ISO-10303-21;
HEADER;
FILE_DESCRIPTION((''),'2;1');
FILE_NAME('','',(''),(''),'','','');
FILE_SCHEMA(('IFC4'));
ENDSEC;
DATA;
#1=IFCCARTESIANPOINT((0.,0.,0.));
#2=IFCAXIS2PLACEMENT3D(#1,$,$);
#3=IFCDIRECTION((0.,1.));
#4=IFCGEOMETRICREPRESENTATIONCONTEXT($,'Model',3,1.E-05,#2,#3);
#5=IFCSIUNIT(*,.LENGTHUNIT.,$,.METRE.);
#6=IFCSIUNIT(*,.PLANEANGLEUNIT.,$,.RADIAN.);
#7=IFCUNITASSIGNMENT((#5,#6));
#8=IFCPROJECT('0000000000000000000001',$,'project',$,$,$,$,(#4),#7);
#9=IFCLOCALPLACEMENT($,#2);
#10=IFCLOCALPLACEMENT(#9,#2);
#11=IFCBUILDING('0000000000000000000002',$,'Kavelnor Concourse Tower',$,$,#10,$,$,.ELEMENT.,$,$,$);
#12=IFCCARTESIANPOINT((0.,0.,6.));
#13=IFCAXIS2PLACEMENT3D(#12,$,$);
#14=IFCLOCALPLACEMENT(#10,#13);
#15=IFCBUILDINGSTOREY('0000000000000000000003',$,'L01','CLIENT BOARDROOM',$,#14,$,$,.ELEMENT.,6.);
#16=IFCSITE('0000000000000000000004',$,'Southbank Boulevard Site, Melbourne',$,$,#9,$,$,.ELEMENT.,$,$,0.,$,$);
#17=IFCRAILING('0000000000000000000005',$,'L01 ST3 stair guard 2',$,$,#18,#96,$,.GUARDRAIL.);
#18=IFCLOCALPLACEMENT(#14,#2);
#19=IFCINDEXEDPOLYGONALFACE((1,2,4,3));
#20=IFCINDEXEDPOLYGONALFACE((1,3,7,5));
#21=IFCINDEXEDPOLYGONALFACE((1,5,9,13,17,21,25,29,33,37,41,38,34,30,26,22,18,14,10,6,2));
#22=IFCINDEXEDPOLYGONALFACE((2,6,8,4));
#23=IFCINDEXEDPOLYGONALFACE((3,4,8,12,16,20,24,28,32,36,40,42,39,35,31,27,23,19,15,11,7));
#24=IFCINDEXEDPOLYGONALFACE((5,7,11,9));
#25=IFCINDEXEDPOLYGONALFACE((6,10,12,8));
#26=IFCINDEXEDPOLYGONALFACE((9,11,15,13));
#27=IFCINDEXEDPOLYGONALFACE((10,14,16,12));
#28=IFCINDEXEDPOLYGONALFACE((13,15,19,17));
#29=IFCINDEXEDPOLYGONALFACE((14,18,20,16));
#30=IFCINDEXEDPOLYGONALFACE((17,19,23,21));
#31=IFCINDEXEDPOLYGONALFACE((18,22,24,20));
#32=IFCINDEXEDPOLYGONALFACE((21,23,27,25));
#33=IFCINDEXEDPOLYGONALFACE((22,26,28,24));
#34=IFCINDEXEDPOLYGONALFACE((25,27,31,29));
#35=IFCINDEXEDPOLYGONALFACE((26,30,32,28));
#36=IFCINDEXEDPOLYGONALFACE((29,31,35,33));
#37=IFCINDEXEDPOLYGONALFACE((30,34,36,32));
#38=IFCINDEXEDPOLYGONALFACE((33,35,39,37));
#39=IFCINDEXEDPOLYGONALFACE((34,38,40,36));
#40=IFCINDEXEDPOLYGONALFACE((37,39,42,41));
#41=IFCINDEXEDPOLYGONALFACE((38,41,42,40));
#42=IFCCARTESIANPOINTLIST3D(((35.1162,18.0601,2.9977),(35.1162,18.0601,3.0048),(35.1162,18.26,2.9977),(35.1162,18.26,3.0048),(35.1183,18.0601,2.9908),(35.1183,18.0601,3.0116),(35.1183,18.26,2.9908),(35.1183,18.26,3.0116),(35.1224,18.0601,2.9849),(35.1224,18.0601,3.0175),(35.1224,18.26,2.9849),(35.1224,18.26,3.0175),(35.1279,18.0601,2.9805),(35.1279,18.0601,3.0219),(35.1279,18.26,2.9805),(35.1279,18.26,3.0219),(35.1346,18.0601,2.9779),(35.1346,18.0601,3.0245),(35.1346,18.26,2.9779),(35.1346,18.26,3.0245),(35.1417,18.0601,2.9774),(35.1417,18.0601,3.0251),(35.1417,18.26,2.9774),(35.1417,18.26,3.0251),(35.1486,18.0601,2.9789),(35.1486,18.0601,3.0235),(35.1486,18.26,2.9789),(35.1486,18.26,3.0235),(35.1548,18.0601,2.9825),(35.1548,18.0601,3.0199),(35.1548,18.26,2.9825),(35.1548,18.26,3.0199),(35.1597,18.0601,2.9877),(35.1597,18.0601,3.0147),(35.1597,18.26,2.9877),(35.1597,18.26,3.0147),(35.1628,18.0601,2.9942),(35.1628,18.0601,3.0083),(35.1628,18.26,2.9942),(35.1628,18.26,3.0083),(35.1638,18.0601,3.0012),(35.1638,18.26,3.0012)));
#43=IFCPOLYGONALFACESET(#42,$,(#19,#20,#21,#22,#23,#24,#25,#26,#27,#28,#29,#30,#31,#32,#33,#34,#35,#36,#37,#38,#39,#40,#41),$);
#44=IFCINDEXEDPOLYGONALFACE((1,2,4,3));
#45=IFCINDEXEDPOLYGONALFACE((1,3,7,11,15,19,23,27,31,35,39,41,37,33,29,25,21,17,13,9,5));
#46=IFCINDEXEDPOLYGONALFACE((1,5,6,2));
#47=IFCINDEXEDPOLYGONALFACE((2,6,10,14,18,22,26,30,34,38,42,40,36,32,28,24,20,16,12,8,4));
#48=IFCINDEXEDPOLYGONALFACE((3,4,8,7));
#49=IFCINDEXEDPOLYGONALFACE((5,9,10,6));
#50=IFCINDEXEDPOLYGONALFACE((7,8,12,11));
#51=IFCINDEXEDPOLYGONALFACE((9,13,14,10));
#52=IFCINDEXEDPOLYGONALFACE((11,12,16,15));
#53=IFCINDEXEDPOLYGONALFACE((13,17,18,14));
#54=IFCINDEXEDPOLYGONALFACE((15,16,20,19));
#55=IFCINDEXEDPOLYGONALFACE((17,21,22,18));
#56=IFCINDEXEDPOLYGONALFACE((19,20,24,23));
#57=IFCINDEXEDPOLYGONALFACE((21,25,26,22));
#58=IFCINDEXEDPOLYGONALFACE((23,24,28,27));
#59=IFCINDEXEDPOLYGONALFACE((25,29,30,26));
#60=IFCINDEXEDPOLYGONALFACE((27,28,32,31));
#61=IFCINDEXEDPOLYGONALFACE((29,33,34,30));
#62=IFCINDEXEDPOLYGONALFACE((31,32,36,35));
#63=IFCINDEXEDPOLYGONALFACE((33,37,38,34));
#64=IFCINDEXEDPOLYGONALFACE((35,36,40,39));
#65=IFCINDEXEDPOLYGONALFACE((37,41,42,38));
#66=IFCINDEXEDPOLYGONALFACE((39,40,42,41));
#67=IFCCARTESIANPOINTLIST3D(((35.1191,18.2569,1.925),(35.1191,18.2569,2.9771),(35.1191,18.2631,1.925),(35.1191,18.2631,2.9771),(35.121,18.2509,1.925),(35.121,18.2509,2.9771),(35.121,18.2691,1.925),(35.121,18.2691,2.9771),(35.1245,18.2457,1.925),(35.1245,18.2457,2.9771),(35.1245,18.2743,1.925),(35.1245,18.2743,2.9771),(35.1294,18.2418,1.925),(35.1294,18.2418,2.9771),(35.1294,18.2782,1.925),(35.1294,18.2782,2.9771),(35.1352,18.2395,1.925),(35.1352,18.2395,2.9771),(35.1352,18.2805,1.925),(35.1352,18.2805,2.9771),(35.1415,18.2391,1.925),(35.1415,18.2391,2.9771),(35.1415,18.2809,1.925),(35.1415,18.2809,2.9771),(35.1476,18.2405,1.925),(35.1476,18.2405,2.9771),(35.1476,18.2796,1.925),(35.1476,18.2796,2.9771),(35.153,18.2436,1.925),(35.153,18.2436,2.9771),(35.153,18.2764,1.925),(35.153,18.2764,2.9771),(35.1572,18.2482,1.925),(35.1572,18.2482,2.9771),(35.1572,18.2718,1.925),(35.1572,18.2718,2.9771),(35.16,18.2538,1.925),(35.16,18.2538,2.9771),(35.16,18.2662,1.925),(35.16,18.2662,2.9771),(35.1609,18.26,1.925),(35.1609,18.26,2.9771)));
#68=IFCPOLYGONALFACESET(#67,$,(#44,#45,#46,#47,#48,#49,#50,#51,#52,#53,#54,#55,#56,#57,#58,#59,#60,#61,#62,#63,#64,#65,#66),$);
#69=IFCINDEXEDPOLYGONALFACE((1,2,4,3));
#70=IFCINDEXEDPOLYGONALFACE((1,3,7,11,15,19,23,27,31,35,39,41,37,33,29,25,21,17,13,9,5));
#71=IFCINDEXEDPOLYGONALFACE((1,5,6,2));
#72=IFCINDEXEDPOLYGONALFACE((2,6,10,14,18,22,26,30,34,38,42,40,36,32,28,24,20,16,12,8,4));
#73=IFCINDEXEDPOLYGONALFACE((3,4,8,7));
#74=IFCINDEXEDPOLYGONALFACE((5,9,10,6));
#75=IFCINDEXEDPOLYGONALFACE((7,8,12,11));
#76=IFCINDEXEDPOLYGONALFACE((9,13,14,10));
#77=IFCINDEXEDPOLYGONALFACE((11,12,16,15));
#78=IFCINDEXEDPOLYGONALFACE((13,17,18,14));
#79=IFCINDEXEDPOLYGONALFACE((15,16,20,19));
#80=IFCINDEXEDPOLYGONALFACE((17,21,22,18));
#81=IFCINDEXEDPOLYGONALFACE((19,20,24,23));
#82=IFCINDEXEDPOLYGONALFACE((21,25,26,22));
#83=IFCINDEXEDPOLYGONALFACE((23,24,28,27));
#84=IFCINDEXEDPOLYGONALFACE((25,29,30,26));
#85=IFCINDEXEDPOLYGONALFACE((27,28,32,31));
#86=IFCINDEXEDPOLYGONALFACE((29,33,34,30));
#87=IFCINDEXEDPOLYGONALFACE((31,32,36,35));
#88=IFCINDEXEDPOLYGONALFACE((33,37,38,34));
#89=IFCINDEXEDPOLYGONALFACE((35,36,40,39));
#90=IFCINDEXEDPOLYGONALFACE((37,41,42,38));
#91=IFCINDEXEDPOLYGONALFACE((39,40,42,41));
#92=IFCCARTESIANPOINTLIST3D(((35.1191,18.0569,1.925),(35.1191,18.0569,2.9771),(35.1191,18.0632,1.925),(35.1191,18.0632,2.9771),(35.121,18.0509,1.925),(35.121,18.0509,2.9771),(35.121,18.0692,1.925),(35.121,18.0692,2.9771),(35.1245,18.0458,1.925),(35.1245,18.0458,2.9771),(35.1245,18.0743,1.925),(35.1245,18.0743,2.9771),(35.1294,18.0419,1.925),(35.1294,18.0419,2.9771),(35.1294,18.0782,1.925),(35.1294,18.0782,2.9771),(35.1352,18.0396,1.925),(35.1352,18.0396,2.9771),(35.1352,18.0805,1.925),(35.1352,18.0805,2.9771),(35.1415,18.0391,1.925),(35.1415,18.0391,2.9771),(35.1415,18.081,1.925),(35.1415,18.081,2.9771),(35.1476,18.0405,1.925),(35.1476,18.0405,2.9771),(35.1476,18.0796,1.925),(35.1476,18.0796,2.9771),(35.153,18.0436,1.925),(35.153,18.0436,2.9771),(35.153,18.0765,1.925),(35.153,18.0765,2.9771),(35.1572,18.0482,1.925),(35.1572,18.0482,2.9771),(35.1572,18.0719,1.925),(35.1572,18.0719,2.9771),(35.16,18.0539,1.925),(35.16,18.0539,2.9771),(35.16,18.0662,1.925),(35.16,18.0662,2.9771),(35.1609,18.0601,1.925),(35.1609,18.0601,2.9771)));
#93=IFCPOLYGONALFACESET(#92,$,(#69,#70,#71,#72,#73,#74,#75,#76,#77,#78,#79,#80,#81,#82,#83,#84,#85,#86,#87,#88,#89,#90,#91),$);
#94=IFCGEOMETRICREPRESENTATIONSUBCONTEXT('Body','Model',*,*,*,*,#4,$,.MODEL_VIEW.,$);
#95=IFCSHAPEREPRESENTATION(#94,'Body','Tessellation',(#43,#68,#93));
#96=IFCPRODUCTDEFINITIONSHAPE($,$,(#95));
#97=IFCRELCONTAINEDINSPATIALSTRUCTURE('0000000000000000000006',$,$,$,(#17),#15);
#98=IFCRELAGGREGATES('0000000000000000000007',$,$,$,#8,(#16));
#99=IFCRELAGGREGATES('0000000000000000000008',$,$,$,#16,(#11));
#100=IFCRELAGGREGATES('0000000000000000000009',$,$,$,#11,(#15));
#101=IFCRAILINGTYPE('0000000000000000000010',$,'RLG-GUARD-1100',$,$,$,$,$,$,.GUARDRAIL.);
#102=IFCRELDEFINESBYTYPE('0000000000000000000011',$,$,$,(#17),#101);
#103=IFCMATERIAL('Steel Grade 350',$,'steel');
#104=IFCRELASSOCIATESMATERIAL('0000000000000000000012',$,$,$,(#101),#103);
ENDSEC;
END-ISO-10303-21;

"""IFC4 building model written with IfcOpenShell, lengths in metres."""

from ifc_helpers import new_model, si_unit, direction, frame, origin, origin_2d, place, context, subcontext, project, spatial, circle, extrude, material, type_object, element, save


model = new_model("IFC4")

# Units and contexts
model_context = context("Model", 3, precision=1e-05, world=origin(), true_north=direction((0.0, 1.0)))
body_context = subcontext(model_context, "Body", "Model", "MODEL_VIEW")
ifc_project = project(units=[si_unit("LENGTHUNIT", "METRE"), si_unit("PLANEANGLEUNIT", "RADIAN")], contexts=[model_context])

# Site, building, storey
site_placement = place(None, origin())
site = spatial("IfcSite", under=ifc_project, at=site_placement, Name="Southbank Boulevard Site, Melbourne", CompositionType="ELEMENT", RefElevation=0.0)
building_placement = place(site_placement, origin())
building = spatial("IfcBuilding", under=site, at=building_placement, Name="Kavelnor Concourse Tower", CompositionType="ELEMENT")
storey_placement = place(building_placement, frame((0.0, 0.0, 6.0)))
storey = spatial("IfcBuildingStorey", under=building, at=storey_placement, Name="L01", Description="CLIENT BOARDROOM", CompositionType="ELEMENT", Elevation=6.0)

# Shared definitions
ifc_material_1 = material(Name="Steel Grade 350", Category="steel")

# Railing
railing_type = type_object("IfcRailingType", Name="RLG-GUARD-1100", PredefinedType="GUARDRAIL", material=ifc_material_1)
railing_1_placement = place(storey_placement, frame((35.1399, 18.26, 1.925)))
element("IfcRailing", 1, at=railing_1_placement, inside=storey, type_object=railing_type, Name="L01 ST3 stair guard 2", PredefinedType="GUARDRAIL", context=body_context, shape_type="SweptSolid", body=[
    extrude(circle(Radius=0.0239, at=origin_2d()), frame((0.0, 0.0, 1.0762), z_axis=(0.0, -1.0, 0.0), x_axis=(1.0, 0.0, 0.0)), (0.0, 0.0, 1.0), 0.2),
    extrude(circle(Radius=0.021, at=origin_2d()), origin(), (0.0, 0.0, 1.0), 1.052),
    extrude(circle(Radius=0.021, at=origin_2d()), frame((0.0, -0.2, 0.0)), (0.0, 0.0, 1.0), 1.052),
])

save(model, "model.ifc")
